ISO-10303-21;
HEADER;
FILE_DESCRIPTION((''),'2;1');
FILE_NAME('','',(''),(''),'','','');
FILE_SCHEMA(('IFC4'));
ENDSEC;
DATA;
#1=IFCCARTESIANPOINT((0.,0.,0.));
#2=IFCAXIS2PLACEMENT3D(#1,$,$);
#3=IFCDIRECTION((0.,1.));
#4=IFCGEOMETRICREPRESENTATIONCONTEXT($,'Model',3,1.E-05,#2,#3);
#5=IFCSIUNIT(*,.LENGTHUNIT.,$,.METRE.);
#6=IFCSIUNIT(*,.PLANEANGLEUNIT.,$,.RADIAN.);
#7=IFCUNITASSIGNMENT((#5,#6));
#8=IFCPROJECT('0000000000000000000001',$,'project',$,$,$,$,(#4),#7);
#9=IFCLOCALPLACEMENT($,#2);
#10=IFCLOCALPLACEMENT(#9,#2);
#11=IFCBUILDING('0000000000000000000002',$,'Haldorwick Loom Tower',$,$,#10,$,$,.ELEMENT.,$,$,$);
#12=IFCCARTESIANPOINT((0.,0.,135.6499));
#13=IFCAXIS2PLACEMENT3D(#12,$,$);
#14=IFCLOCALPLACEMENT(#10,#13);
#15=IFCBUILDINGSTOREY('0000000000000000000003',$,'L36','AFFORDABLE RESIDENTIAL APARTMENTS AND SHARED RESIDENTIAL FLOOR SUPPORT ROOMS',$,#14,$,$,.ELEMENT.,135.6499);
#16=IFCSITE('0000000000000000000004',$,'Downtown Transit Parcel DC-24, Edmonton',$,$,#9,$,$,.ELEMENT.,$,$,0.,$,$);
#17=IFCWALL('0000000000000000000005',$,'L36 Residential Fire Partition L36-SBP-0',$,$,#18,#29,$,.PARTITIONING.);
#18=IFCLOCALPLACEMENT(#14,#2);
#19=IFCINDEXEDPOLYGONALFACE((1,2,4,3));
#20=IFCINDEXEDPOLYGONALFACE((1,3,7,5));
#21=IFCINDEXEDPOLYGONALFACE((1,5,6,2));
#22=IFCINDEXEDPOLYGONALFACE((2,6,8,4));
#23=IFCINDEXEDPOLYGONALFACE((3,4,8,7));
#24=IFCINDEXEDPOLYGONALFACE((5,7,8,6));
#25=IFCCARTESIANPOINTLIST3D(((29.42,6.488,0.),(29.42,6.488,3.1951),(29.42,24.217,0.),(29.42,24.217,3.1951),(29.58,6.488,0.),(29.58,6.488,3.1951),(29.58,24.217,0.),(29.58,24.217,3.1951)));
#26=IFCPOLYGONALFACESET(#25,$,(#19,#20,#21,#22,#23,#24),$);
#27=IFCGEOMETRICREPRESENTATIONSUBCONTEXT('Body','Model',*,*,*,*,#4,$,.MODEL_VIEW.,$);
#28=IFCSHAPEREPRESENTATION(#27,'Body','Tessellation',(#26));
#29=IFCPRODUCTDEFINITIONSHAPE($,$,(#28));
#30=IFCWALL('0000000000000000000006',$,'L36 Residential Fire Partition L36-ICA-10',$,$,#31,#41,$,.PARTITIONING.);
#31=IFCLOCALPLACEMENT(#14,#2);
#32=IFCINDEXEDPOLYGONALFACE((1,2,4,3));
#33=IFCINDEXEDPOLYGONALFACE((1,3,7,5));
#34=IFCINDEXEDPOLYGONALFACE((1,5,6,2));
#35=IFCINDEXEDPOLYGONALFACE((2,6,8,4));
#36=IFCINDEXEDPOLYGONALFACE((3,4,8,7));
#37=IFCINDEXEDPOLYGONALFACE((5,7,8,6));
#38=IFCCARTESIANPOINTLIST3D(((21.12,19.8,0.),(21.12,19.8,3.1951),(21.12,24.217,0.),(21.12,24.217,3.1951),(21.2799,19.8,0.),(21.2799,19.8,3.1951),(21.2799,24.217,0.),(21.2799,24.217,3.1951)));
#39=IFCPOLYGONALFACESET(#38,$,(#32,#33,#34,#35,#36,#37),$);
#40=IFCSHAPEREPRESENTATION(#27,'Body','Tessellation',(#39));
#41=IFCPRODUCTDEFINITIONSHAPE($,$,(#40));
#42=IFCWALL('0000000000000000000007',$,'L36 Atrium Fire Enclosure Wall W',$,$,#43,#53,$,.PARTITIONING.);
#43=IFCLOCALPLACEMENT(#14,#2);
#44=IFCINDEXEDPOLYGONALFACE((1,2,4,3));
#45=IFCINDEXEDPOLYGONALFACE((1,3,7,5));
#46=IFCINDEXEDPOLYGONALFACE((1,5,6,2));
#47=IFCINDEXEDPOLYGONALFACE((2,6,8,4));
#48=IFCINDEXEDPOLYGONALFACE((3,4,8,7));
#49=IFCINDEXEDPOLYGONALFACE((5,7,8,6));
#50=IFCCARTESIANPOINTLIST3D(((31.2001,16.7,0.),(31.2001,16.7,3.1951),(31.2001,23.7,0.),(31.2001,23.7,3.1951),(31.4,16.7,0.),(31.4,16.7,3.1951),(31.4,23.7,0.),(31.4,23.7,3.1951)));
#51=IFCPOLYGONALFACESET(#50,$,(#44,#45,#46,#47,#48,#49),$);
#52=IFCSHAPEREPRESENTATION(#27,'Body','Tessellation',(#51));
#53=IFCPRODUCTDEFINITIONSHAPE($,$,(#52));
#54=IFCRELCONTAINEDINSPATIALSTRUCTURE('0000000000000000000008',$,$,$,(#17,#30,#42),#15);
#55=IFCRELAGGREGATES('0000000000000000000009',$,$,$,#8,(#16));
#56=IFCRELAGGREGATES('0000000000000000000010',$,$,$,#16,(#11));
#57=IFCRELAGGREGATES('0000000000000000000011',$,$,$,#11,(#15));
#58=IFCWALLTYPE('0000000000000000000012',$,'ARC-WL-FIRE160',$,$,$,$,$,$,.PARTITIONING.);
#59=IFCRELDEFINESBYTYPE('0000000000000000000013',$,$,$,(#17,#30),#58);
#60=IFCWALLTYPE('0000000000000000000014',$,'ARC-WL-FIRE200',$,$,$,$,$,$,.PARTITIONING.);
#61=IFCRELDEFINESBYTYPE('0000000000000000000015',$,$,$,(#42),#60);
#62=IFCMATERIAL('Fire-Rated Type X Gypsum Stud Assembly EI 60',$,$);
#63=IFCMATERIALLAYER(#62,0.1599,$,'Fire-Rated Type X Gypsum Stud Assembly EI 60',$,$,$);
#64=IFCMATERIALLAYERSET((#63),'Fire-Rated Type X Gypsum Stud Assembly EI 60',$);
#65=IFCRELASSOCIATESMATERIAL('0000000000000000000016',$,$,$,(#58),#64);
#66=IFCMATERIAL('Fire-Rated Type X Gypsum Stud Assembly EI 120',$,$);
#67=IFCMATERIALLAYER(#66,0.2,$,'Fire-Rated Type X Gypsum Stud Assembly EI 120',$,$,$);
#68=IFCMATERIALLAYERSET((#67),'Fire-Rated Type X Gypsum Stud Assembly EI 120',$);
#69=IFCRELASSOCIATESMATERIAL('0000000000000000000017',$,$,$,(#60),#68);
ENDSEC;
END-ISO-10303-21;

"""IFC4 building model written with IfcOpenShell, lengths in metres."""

from ifc_helpers import new_model, si_unit, direction, frame, frame_2d, origin, place, context, subcontext, project, spatial, rectangle, extrude, material, layer, layer_set, type_object, element, save


model = new_model("IFC4")

# Units and contexts
model_context = context("Model", 3, precision=1e-05, world=origin(), true_north=direction((0.0, 1.0)))
body_context = subcontext(model_context, "Body", "Model", "MODEL_VIEW")
ifc_project = project(units=[si_unit("LENGTHUNIT", "METRE"), si_unit("PLANEANGLEUNIT", "RADIAN")], contexts=[model_context])

# Site, building, storey
site_placement = place(None, origin())
site = spatial("IfcSite", under=ifc_project, at=site_placement, Name="Downtown Transit Parcel DC-24, Edmonton", CompositionType="ELEMENT", RefElevation=0.0)
building_placement = place(site_placement, origin())
building = spatial("IfcBuilding", under=site, at=building_placement, Name="Haldorwick Loom Tower", CompositionType="ELEMENT")
storey_placement = place(building_placement, frame((0.0, 0.0, 135.6499)))
storey = spatial("IfcBuildingStorey", under=building, at=storey_placement, Name="L36", Description="AFFORDABLE RESIDENTIAL APARTMENTS AND SHARED RESIDENTIAL FLOOR SUPPORT ROOMS", CompositionType="ELEMENT", Elevation=135.6499)

# Walls
ifc_material_1 = material(Name="Fire-Rated Type X Gypsum Stud Assembly EI 60")
ifc_layer_1 = layer(ifc_material_1, 0.1599, Name="Fire-Rated Type X Gypsum Stud Assembly EI 60")
ifc_layer_set_1 = layer_set([ifc_layer_1], Name="Fire-Rated Type X Gypsum Stud Assembly EI 60")
wall_type_1 = type_object("IfcWallType", Name="ARC-WL-FIRE160", PredefinedType="PARTITIONING", material=ifc_layer_set_1)
wall_1_placement = place(storey_placement, frame((29.5, 6.488, 0.0), z_axis=(0.0, 0.0, 1.0), x_axis=(0.0, 1.0, 0.0)))
element("IfcWall", 1, at=wall_1_placement, inside=storey, type_object=wall_type_1, Name="L36 Residential Fire Partition L36-SBP-0", PredefinedType="PARTITIONING", context=body_context, shape_type="SweptSolid", body=[
    extrude(rectangle(XDim=17.729, YDim=0.1599, at=frame_2d((8.8645, 0.0))), origin(), (0.0, 0.0, 1.0), 3.1951),
])
wall_2_placement = place(storey_placement, frame((21.2, 24.217, 0.0), z_axis=(0.0, 0.0, 1.0), x_axis=(0.0, -1.0, 0.0)))
element("IfcWall", 2, at=wall_2_placement, inside=storey, type_object=wall_type_1, Name="L36 Residential Fire Partition L36-ICA-10", PredefinedType="PARTITIONING", context=body_context, shape_type="SweptSolid", body=[
    extrude(rectangle(XDim=4.417, YDim=0.1599, at=frame_2d((2.2085, 0.0))), origin(), (0.0, 0.0, 1.0), 3.1951),
])
ifc_material_2 = material(Name="Fire-Rated Type X Gypsum Stud Assembly EI 120")
ifc_layer_2 = layer(ifc_material_2, 0.2, Name="Fire-Rated Type X Gypsum Stud Assembly EI 120")
ifc_layer_set_2 = layer_set([ifc_layer_2], Name="Fire-Rated Type X Gypsum Stud Assembly EI 120")
wall_type_2 = type_object("IfcWallType", Name="ARC-WL-FIRE200", PredefinedType="PARTITIONING", material=ifc_layer_set_2)
wall_3_placement = place(storey_placement, frame((31.3, 16.7, 0.0), z_axis=(0.0, 0.0, 1.0), x_axis=(0.0, 1.0, 0.0)))
element("IfcWall", 3, at=wall_3_placement, inside=storey, type_object=wall_type_2, Name="L36 Atrium Fire Enclosure Wall W", PredefinedType="PARTITIONING", context=body_context, shape_type="SweptSolid", body=[
    extrude(rectangle(XDim=7.0, YDim=0.2, at=frame_2d((3.5, 0.0))), origin(), (0.0, 0.0, 1.0), 3.1951),
])

save(model, "model.ifc")
